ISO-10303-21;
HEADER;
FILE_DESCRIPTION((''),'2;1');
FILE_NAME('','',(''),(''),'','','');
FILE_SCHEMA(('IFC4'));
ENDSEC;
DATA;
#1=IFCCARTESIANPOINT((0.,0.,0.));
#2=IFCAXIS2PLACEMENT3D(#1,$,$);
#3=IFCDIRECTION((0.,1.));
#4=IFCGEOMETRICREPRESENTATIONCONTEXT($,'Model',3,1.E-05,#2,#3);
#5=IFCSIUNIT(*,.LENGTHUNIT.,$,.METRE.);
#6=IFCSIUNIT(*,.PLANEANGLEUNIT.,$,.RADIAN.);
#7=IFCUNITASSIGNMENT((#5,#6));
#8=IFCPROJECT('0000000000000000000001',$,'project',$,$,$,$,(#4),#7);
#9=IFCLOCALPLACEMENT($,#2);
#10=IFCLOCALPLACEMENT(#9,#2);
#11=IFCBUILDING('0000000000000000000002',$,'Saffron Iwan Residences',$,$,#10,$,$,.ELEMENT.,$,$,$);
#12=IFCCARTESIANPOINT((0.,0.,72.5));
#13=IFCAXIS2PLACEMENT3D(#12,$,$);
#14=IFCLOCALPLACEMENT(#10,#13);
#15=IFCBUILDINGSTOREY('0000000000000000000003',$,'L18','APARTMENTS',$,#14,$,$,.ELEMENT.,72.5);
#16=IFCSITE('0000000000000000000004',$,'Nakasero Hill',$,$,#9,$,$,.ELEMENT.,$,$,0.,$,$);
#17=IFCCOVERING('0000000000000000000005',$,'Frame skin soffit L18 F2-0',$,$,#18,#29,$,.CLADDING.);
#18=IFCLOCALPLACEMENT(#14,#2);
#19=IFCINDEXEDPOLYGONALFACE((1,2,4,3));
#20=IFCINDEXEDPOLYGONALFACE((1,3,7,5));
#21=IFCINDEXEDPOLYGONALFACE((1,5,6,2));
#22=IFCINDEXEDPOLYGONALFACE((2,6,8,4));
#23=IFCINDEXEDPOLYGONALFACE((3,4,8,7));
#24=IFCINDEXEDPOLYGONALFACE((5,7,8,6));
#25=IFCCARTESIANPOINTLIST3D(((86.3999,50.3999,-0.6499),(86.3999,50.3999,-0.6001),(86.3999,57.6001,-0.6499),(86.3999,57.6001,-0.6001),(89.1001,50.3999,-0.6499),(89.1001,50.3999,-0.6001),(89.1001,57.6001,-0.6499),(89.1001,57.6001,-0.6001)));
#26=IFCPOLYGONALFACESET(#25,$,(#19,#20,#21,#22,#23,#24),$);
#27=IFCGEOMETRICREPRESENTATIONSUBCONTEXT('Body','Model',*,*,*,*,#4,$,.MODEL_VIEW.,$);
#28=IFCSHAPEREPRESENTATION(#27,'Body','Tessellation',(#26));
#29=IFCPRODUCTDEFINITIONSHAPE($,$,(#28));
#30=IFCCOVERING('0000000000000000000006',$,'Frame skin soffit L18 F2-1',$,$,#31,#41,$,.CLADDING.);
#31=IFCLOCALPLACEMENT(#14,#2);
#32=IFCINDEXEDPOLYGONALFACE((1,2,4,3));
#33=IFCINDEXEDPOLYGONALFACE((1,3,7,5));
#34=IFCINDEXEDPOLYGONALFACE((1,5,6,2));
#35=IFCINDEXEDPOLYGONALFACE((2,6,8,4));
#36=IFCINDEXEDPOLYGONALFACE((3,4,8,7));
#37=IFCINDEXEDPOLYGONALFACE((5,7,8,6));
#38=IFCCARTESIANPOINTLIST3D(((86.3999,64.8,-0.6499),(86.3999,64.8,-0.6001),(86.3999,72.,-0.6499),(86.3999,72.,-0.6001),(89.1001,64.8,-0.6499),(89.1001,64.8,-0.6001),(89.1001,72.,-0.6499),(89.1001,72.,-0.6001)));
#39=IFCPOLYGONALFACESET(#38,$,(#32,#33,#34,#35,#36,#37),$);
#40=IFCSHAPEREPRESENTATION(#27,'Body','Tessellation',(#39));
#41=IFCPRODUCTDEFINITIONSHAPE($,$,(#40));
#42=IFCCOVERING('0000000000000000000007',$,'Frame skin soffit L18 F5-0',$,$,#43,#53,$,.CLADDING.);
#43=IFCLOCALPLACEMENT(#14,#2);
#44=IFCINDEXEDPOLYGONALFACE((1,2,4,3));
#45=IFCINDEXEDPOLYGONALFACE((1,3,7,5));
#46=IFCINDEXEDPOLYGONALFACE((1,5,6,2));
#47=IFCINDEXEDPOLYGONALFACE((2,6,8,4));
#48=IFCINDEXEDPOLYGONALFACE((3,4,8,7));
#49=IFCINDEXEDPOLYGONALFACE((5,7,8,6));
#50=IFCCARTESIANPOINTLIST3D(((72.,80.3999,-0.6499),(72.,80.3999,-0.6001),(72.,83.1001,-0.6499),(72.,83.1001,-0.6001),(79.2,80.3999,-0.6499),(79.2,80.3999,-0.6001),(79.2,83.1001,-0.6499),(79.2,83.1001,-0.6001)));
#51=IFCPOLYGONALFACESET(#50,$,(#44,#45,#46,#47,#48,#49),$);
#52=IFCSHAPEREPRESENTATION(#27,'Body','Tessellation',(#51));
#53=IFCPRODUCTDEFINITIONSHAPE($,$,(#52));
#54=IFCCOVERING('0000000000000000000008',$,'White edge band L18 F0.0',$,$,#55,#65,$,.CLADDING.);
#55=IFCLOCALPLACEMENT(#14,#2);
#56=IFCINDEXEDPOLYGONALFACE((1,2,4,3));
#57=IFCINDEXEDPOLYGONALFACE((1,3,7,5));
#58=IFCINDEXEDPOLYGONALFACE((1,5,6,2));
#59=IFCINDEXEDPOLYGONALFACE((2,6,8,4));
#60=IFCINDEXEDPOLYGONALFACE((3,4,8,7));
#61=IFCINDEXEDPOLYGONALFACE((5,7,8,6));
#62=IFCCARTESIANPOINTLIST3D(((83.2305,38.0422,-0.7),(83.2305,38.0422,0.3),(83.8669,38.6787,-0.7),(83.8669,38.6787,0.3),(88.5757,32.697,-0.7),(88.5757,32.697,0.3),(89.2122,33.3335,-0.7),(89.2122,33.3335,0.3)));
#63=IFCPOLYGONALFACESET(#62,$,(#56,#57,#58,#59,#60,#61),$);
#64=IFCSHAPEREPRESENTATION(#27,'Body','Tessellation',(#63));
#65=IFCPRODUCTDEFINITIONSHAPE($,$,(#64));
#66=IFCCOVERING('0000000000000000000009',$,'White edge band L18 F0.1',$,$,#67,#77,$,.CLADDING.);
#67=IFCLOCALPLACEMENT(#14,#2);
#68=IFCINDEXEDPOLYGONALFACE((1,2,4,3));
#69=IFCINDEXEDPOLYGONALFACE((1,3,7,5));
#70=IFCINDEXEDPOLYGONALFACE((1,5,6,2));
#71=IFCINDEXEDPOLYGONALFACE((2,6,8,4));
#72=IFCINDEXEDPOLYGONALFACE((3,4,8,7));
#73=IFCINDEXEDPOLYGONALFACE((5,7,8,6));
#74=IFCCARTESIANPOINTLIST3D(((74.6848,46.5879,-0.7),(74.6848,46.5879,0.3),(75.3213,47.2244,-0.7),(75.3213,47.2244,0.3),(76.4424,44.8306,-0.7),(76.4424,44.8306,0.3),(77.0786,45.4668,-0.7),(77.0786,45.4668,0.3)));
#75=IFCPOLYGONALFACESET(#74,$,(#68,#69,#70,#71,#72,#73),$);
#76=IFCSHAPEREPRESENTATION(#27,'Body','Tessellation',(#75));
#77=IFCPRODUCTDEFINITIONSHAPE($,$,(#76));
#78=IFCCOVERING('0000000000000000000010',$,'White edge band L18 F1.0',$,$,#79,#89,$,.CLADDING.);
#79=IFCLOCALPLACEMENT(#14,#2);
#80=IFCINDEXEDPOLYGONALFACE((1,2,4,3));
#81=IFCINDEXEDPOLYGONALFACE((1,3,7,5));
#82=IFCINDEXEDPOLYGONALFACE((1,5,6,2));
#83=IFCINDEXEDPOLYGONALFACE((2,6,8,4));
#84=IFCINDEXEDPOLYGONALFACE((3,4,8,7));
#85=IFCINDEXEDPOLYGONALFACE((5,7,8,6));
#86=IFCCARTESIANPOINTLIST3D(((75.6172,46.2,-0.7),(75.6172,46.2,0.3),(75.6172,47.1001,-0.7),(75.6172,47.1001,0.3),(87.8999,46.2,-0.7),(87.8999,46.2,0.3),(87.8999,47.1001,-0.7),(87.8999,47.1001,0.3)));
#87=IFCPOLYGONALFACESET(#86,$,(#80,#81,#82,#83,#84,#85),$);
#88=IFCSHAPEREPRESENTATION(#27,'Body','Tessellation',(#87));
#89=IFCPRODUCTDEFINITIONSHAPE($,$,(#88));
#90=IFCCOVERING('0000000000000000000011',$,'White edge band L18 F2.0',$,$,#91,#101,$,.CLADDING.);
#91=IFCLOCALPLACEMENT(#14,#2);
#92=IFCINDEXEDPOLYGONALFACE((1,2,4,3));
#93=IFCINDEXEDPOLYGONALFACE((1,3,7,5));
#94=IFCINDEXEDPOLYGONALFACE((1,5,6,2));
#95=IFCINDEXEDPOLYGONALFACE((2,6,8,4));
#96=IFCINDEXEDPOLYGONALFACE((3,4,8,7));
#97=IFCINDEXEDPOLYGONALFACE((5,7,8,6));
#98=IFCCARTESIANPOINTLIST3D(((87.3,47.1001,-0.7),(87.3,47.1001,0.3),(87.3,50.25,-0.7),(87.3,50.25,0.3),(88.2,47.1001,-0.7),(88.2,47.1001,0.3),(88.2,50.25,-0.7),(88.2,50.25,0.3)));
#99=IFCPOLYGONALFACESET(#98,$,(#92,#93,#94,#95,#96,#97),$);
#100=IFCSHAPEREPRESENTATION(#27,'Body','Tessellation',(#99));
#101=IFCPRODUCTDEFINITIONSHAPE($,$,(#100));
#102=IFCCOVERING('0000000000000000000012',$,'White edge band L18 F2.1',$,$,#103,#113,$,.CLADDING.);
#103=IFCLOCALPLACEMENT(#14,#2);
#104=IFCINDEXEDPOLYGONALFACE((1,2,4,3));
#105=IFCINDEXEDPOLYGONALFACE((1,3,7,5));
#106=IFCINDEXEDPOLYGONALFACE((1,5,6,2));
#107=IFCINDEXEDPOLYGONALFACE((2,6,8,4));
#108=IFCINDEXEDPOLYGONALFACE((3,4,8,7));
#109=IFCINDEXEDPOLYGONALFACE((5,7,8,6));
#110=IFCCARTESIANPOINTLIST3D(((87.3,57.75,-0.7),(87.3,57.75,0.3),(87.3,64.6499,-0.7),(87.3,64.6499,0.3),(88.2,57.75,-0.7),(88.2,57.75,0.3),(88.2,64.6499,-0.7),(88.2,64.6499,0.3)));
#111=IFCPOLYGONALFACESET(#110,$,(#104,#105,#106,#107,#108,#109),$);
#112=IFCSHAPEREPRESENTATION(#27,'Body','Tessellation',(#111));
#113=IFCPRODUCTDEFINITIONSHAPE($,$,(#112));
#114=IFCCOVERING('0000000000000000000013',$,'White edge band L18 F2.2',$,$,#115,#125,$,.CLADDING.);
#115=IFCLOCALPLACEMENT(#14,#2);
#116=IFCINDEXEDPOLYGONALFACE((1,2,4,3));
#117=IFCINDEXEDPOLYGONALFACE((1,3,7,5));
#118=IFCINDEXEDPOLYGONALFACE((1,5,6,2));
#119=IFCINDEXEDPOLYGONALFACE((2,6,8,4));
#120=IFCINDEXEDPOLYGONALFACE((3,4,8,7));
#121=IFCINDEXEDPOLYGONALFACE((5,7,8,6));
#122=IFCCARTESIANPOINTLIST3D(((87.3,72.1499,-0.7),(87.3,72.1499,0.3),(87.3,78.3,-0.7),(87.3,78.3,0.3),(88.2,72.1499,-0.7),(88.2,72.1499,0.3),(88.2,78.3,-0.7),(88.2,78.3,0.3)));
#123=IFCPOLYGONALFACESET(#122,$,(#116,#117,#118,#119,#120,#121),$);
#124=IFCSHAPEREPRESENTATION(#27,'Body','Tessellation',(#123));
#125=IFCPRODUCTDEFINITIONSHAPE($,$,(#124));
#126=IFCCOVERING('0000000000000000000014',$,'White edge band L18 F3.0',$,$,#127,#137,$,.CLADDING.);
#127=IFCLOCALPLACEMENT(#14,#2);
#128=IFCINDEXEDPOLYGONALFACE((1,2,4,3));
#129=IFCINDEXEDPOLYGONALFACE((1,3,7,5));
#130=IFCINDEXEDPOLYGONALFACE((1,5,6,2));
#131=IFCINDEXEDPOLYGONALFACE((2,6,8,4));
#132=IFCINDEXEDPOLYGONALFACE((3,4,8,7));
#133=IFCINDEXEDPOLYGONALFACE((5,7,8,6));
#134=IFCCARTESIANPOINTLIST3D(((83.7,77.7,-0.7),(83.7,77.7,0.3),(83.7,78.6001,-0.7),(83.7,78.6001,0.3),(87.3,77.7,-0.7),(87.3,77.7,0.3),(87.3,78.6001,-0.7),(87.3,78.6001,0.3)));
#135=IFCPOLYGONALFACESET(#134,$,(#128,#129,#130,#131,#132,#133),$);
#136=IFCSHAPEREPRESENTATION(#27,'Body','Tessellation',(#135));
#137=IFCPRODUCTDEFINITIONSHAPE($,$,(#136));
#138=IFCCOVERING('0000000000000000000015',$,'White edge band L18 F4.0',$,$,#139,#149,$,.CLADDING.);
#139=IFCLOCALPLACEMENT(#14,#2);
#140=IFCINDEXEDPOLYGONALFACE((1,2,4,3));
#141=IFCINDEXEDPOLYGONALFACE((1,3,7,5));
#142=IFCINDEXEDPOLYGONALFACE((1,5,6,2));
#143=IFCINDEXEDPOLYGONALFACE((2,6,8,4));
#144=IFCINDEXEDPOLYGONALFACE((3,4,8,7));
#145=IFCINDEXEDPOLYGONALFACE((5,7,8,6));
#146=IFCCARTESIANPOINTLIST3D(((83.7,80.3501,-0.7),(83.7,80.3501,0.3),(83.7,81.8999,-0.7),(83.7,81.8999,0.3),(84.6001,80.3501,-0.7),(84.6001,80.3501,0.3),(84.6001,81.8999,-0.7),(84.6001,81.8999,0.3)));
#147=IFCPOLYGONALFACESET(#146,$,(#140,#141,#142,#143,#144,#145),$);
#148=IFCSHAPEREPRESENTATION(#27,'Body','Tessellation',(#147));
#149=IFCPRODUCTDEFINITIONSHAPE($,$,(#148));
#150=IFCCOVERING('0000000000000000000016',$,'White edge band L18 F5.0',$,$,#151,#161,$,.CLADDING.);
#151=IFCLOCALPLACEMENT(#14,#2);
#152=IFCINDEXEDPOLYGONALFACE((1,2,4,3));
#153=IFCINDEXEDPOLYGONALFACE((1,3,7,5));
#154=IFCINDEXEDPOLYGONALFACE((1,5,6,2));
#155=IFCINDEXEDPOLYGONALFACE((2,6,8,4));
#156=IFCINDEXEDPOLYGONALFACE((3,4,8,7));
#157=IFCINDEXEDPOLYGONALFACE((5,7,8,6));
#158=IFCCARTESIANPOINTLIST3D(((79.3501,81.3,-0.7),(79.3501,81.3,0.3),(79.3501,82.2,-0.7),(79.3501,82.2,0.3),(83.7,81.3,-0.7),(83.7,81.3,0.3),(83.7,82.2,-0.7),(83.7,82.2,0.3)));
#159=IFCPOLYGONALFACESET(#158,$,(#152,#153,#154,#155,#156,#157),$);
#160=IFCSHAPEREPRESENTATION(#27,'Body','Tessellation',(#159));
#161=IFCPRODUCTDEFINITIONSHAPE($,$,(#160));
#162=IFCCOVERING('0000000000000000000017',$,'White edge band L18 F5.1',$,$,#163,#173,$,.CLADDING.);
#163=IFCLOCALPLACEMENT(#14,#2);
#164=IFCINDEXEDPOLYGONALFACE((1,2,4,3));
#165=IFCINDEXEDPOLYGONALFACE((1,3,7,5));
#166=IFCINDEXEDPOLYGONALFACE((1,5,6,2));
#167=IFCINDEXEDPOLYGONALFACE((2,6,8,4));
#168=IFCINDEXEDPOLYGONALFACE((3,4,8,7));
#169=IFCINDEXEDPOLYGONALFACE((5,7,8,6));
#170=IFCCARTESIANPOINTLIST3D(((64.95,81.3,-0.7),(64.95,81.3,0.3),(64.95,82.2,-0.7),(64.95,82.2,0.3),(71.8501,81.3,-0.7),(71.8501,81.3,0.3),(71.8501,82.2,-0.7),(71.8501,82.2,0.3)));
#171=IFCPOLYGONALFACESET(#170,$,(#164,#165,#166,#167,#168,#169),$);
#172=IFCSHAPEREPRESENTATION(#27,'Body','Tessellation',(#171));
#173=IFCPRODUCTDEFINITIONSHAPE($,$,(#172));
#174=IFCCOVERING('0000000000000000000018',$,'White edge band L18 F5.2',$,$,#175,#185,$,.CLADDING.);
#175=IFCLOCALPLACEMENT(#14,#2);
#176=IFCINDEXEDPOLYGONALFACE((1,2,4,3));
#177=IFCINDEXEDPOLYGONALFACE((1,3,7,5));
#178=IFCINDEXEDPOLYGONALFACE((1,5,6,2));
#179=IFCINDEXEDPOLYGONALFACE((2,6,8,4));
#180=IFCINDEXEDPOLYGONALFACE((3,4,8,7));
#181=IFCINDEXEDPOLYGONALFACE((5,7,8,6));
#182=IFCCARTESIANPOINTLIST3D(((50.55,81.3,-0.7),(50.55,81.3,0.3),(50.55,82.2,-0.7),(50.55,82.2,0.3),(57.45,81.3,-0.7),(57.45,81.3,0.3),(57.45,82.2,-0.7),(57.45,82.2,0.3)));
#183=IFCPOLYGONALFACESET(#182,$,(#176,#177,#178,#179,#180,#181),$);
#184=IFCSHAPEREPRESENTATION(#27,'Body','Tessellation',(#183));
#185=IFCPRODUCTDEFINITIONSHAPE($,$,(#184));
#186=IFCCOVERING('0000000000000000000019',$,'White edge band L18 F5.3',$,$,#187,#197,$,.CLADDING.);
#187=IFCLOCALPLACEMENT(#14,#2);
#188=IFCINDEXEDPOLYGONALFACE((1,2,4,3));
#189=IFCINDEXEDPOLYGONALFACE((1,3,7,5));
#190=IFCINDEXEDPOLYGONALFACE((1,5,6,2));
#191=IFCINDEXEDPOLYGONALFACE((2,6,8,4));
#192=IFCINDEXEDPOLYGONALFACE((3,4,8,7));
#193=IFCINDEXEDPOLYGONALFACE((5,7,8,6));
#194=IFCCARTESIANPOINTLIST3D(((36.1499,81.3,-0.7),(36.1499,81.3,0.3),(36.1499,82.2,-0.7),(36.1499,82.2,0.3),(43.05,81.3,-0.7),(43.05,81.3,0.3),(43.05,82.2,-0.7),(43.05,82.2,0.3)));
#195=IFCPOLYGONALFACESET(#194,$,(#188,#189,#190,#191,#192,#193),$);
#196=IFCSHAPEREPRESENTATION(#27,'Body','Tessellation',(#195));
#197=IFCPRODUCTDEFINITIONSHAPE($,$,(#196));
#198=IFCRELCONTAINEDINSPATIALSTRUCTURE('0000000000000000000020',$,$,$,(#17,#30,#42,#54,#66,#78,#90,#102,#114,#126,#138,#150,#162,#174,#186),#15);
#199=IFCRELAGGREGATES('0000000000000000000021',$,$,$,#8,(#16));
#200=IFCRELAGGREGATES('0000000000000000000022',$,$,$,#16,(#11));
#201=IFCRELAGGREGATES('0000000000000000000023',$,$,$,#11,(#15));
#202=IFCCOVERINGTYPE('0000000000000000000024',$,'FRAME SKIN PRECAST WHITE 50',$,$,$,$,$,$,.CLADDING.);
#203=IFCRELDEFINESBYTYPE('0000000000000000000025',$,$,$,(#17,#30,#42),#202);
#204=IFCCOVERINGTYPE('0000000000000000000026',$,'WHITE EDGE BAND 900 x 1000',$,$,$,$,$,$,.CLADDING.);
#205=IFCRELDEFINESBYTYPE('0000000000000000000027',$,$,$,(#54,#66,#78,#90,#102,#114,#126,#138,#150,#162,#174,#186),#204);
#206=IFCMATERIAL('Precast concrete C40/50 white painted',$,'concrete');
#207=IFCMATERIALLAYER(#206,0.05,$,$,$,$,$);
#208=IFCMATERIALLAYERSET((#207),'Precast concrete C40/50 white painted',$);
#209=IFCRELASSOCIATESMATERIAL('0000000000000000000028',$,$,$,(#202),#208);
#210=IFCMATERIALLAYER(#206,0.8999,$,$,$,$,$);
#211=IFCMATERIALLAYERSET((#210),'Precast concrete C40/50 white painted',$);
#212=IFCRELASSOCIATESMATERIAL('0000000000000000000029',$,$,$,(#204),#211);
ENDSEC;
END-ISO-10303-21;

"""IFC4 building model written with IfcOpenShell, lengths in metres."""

from ifc_helpers import new_model, si_unit, direction, frame, origin, place, context, subcontext, project, spatial, polyline, outline, extrude, material, layer, layer_set, type_object, element, save


model = new_model("IFC4")

# Units and contexts
model_context = context("Model", 3, precision=1e-05, world=origin(), true_north=direction((0.0, 1.0)))
body_context = subcontext(model_context, "Body", "Model", "MODEL_VIEW")
ifc_project = project(units=[si_unit("LENGTHUNIT", "METRE"), si_unit("PLANEANGLEUNIT", "RADIAN")], contexts=[model_context])

# Site, building, storey
site_placement = place(None, origin())
site = spatial("IfcSite", under=ifc_project, at=site_placement, Name="Nakasero Hill", CompositionType="ELEMENT", RefElevation=0.0)
building_placement = place(site_placement, origin())
building = spatial("IfcBuilding", under=site, at=building_placement, Name="Saffron Iwan Residences", CompositionType="ELEMENT")
storey_placement = place(building_placement, frame((0.0, 0.0, 72.5)))
storey = spatial("IfcBuildingStorey", under=building, at=storey_placement, Name="L18", Description="APARTMENTS", CompositionType="ELEMENT", Elevation=72.5)

# Coverings
ifc_material = material(Name="Precast concrete C40/50 white painted", Category="concrete")
ifc_layer_1 = layer(ifc_material, 0.05)
ifc_layer_set_1 = layer_set([ifc_layer_1], Name="Precast concrete C40/50 white painted")
covering_type_1 = type_object("IfcCoveringType", Name="FRAME SKIN PRECAST WHITE 50", PredefinedType="CLADDING", material=ifc_layer_set_1)
covering_1_placement = place(storey_placement, frame((0.0, 0.0, -0.6499)))
element("IfcCovering", 1, at=covering_1_placement, inside=storey, type_object=covering_type_1, Name="Frame skin soffit L18 F2-0", PredefinedType="CLADDING", context=body_context, shape_type="SweptSolid", body=[
    extrude(outline(polyline([(89.1001, 50.3999), (89.1001, 57.6001), (86.3999, 57.6001), (86.3999, 50.3999), (89.1001, 50.3999)])), origin(), (0.0, 0.0, 1.0), 0.0498),
])
covering_2_placement = place(storey_placement, frame((0.0, 0.0, -0.6499)))
element("IfcCovering", 2, at=covering_2_placement, inside=storey, type_object=covering_type_1, Name="Frame skin soffit L18 F2-1", PredefinedType="CLADDING", context=body_context, shape_type="SweptSolid", body=[
    extrude(outline(polyline([(89.1001, 64.8), (89.1001, 72.0), (86.3999, 72.0), (86.3999, 64.8), (89.1001, 64.8)])), origin(), (0.0, 0.0, 1.0), 0.0498),
])
covering_3_placement = place(storey_placement, frame((0.0, 0.0, -0.6499)))
element("IfcCovering", 3, at=covering_3_placement, inside=storey, type_object=covering_type_1, Name="Frame skin soffit L18 F5-0", PredefinedType="CLADDING", context=body_context, shape_type="SweptSolid", body=[
    extrude(outline(polyline([(79.2, 83.1001), (72.0, 83.1001), (72.0, 80.3999), (79.2, 80.3999), (79.2, 83.1001)])), origin(), (0.0, 0.0, 1.0), 0.0498),
])
ifc_layer_2 = layer(ifc_material, 0.8999)
ifc_layer_set_2 = layer_set([ifc_layer_2], Name="Precast concrete C40/50 white painted")
covering_type_2 = type_object("IfcCoveringType", Name="WHITE EDGE BAND 900 x 1000", PredefinedType="CLADDING", material=ifc_layer_set_2)
covering_4_placement = place(storey_placement, frame((0.0, 0.0, -0.7)))
element("IfcCovering", 4, at=covering_4_placement, inside=storey, type_object=covering_type_2, Name="White edge band L18 F0.0", PredefinedType="CLADDING", context=body_context, shape_type="SweptSolid", body=[
    extrude(outline(polyline([(89.2122, 33.3335), (83.8669, 38.6787), (83.2305, 38.0422), (88.5757, 32.697), (89.2122, 33.3335)])), origin(), (0.0, 0.0, 1.0), 1.0),
])
covering_5_placement = place(storey_placement, frame((0.0, 0.0, -0.7)))
element("IfcCovering", 5, at=covering_5_placement, inside=storey, type_object=covering_type_2, Name="White edge band L18 F0.1", PredefinedType="CLADDING", context=body_context, shape_type="SweptSolid", body=[
    extrude(outline(polyline([(77.0786, 45.4668), (75.3213, 47.2244), (74.6848, 46.5879), (76.4424, 44.8306), (77.0786, 45.4668)])), origin(), (0.0, 0.0, 1.0), 1.0),
])
covering_6_placement = place(storey_placement, frame((0.0, 0.0, -0.7)))
element("IfcCovering", 6, at=covering_6_placement, inside=storey, type_object=covering_type_2, Name="White edge band L18 F1.0", PredefinedType="CLADDING", context=body_context, shape_type="SweptSolid", body=[
    extrude(outline(polyline([(75.6172, 46.2), (87.8999, 46.2), (87.8999, 47.1001), (75.6172, 47.1001), (75.6172, 46.2)])), origin(), (0.0, 0.0, 1.0), 1.0),
])
covering_7_placement = place(storey_placement, frame((0.0, 0.0, -0.7)))
element("IfcCovering", 7, at=covering_7_placement, inside=storey, type_object=covering_type_2, Name="White edge band L18 F2.0", PredefinedType="CLADDING", context=body_context, shape_type="SweptSolid", body=[
    extrude(outline(polyline([(88.2, 47.1001), (88.2, 50.25), (87.3, 50.25), (87.3, 47.1001), (88.2, 47.1001)])), origin(), (0.0, 0.0, 1.0), 1.0),
])
covering_8_placement = place(storey_placement, frame((0.0, 0.0, -0.7)))
element("IfcCovering", 8, at=covering_8_placement, inside=storey, type_object=covering_type_2, Name="White edge band L18 F2.1", PredefinedType="CLADDING", context=body_context, shape_type="SweptSolid", body=[
    extrude(outline(polyline([(88.2, 57.75), (88.2, 64.6499), (87.3, 64.6499), (87.3, 57.75), (88.2, 57.75)])), origin(), (0.0, 0.0, 1.0), 1.0),
])
covering_9_placement = place(storey_placement, frame((0.0, 0.0, -0.7)))
element("IfcCovering", 9, at=covering_9_placement, inside=storey, type_object=covering_type_2, Name="White edge band L18 F2.2", PredefinedType="CLADDING", context=body_context, shape_type="SweptSolid", body=[
    extrude(outline(polyline([(88.2, 72.1499), (88.2, 78.3), (87.3, 78.3), (87.3, 72.1499), (88.2, 72.1499)])), origin(), (0.0, 0.0, 1.0), 1.0),
])
covering_10_placement = place(storey_placement, frame((0.0, 0.0, -0.7)))
element("IfcCovering", 10, at=covering_10_placement, inside=storey, type_object=covering_type_2, Name="White edge band L18 F3.0", PredefinedType="CLADDING", context=body_context, shape_type="SweptSolid", body=[
    extrude(outline(polyline([(87.3, 78.6001), (83.7, 78.6001), (83.7, 77.7), (87.3, 77.7), (87.3, 78.6001)])), origin(), (0.0, 0.0, 1.0), 1.0),
])
covering_11_placement = place(storey_placement, frame((0.0, 0.0, -0.7)))
element("IfcCovering", 11, at=covering_11_placement, inside=storey, type_object=covering_type_2, Name="White edge band L18 F4.0", PredefinedType="CLADDING", context=body_context, shape_type="SweptSolid", body=[
    extrude(outline(polyline([(84.6001, 80.3501), (84.6001, 81.8999), (83.7, 81.8999), (83.7, 80.3501), (84.6001, 80.3501)])), origin(), (0.0, 0.0, 1.0), 1.0),
])
covering_12_placement = place(storey_placement, frame((0.0, 0.0, -0.7)))
element("IfcCovering", 12, at=covering_12_placement, inside=storey, type_object=covering_type_2, Name="White edge band L18 F5.0", PredefinedType="CLADDING", context=body_context, shape_type="SweptSolid", body=[
    extrude(outline(polyline([(83.7, 82.2), (79.3501, 82.2), (79.3501, 81.3), (83.7, 81.3), (83.7, 82.2)])), origin(), (0.0, 0.0, 1.0), 1.0),
])
covering_13_placement = place(storey_placement, frame((0.0, 0.0, -0.7)))
element("IfcCovering", 13, at=covering_13_placement, inside=storey, type_object=covering_type_2, Name="White edge band L18 F5.1", PredefinedType="CLADDING", context=body_context, shape_type="SweptSolid", body=[
    extrude(outline(polyline([(71.8501, 82.2), (64.95, 82.2), (64.95, 81.3), (71.8501, 81.3), (71.8501, 82.2)])), origin(), (0.0, 0.0, 1.0), 1.0),
])
covering_14_placement = place(storey_placement, frame((0.0, 0.0, -0.7)))
element("IfcCovering", 14, at=covering_14_placement, inside=storey, type_object=covering_type_2, Name="White edge band L18 F5.2", PredefinedType="CLADDING", context=body_context, shape_type="SweptSolid", body=[
    extrude(outline(polyline([(57.45, 82.2), (50.55, 82.2), (50.55, 81.3), (57.45, 81.3), (57.45, 82.2)])), origin(), (0.0, 0.0, 1.0), 1.0),
])
covering_15_placement = place(storey_placement, frame((0.0, 0.0, -0.7)))
element("IfcCovering", 15, at=covering_15_placement, inside=storey, type_object=covering_type_2, Name="White edge band L18 F5.3", PredefinedType="CLADDING", context=body_context, shape_type="SweptSolid", body=[
    extrude(outline(polyline([(43.05, 82.2), (36.1499, 82.2), (36.1499, 81.3), (43.05, 81.3), (43.05, 82.2)])), origin(), (0.0, 0.0, 1.0), 1.0),
])

save(model, "model.ifc")
